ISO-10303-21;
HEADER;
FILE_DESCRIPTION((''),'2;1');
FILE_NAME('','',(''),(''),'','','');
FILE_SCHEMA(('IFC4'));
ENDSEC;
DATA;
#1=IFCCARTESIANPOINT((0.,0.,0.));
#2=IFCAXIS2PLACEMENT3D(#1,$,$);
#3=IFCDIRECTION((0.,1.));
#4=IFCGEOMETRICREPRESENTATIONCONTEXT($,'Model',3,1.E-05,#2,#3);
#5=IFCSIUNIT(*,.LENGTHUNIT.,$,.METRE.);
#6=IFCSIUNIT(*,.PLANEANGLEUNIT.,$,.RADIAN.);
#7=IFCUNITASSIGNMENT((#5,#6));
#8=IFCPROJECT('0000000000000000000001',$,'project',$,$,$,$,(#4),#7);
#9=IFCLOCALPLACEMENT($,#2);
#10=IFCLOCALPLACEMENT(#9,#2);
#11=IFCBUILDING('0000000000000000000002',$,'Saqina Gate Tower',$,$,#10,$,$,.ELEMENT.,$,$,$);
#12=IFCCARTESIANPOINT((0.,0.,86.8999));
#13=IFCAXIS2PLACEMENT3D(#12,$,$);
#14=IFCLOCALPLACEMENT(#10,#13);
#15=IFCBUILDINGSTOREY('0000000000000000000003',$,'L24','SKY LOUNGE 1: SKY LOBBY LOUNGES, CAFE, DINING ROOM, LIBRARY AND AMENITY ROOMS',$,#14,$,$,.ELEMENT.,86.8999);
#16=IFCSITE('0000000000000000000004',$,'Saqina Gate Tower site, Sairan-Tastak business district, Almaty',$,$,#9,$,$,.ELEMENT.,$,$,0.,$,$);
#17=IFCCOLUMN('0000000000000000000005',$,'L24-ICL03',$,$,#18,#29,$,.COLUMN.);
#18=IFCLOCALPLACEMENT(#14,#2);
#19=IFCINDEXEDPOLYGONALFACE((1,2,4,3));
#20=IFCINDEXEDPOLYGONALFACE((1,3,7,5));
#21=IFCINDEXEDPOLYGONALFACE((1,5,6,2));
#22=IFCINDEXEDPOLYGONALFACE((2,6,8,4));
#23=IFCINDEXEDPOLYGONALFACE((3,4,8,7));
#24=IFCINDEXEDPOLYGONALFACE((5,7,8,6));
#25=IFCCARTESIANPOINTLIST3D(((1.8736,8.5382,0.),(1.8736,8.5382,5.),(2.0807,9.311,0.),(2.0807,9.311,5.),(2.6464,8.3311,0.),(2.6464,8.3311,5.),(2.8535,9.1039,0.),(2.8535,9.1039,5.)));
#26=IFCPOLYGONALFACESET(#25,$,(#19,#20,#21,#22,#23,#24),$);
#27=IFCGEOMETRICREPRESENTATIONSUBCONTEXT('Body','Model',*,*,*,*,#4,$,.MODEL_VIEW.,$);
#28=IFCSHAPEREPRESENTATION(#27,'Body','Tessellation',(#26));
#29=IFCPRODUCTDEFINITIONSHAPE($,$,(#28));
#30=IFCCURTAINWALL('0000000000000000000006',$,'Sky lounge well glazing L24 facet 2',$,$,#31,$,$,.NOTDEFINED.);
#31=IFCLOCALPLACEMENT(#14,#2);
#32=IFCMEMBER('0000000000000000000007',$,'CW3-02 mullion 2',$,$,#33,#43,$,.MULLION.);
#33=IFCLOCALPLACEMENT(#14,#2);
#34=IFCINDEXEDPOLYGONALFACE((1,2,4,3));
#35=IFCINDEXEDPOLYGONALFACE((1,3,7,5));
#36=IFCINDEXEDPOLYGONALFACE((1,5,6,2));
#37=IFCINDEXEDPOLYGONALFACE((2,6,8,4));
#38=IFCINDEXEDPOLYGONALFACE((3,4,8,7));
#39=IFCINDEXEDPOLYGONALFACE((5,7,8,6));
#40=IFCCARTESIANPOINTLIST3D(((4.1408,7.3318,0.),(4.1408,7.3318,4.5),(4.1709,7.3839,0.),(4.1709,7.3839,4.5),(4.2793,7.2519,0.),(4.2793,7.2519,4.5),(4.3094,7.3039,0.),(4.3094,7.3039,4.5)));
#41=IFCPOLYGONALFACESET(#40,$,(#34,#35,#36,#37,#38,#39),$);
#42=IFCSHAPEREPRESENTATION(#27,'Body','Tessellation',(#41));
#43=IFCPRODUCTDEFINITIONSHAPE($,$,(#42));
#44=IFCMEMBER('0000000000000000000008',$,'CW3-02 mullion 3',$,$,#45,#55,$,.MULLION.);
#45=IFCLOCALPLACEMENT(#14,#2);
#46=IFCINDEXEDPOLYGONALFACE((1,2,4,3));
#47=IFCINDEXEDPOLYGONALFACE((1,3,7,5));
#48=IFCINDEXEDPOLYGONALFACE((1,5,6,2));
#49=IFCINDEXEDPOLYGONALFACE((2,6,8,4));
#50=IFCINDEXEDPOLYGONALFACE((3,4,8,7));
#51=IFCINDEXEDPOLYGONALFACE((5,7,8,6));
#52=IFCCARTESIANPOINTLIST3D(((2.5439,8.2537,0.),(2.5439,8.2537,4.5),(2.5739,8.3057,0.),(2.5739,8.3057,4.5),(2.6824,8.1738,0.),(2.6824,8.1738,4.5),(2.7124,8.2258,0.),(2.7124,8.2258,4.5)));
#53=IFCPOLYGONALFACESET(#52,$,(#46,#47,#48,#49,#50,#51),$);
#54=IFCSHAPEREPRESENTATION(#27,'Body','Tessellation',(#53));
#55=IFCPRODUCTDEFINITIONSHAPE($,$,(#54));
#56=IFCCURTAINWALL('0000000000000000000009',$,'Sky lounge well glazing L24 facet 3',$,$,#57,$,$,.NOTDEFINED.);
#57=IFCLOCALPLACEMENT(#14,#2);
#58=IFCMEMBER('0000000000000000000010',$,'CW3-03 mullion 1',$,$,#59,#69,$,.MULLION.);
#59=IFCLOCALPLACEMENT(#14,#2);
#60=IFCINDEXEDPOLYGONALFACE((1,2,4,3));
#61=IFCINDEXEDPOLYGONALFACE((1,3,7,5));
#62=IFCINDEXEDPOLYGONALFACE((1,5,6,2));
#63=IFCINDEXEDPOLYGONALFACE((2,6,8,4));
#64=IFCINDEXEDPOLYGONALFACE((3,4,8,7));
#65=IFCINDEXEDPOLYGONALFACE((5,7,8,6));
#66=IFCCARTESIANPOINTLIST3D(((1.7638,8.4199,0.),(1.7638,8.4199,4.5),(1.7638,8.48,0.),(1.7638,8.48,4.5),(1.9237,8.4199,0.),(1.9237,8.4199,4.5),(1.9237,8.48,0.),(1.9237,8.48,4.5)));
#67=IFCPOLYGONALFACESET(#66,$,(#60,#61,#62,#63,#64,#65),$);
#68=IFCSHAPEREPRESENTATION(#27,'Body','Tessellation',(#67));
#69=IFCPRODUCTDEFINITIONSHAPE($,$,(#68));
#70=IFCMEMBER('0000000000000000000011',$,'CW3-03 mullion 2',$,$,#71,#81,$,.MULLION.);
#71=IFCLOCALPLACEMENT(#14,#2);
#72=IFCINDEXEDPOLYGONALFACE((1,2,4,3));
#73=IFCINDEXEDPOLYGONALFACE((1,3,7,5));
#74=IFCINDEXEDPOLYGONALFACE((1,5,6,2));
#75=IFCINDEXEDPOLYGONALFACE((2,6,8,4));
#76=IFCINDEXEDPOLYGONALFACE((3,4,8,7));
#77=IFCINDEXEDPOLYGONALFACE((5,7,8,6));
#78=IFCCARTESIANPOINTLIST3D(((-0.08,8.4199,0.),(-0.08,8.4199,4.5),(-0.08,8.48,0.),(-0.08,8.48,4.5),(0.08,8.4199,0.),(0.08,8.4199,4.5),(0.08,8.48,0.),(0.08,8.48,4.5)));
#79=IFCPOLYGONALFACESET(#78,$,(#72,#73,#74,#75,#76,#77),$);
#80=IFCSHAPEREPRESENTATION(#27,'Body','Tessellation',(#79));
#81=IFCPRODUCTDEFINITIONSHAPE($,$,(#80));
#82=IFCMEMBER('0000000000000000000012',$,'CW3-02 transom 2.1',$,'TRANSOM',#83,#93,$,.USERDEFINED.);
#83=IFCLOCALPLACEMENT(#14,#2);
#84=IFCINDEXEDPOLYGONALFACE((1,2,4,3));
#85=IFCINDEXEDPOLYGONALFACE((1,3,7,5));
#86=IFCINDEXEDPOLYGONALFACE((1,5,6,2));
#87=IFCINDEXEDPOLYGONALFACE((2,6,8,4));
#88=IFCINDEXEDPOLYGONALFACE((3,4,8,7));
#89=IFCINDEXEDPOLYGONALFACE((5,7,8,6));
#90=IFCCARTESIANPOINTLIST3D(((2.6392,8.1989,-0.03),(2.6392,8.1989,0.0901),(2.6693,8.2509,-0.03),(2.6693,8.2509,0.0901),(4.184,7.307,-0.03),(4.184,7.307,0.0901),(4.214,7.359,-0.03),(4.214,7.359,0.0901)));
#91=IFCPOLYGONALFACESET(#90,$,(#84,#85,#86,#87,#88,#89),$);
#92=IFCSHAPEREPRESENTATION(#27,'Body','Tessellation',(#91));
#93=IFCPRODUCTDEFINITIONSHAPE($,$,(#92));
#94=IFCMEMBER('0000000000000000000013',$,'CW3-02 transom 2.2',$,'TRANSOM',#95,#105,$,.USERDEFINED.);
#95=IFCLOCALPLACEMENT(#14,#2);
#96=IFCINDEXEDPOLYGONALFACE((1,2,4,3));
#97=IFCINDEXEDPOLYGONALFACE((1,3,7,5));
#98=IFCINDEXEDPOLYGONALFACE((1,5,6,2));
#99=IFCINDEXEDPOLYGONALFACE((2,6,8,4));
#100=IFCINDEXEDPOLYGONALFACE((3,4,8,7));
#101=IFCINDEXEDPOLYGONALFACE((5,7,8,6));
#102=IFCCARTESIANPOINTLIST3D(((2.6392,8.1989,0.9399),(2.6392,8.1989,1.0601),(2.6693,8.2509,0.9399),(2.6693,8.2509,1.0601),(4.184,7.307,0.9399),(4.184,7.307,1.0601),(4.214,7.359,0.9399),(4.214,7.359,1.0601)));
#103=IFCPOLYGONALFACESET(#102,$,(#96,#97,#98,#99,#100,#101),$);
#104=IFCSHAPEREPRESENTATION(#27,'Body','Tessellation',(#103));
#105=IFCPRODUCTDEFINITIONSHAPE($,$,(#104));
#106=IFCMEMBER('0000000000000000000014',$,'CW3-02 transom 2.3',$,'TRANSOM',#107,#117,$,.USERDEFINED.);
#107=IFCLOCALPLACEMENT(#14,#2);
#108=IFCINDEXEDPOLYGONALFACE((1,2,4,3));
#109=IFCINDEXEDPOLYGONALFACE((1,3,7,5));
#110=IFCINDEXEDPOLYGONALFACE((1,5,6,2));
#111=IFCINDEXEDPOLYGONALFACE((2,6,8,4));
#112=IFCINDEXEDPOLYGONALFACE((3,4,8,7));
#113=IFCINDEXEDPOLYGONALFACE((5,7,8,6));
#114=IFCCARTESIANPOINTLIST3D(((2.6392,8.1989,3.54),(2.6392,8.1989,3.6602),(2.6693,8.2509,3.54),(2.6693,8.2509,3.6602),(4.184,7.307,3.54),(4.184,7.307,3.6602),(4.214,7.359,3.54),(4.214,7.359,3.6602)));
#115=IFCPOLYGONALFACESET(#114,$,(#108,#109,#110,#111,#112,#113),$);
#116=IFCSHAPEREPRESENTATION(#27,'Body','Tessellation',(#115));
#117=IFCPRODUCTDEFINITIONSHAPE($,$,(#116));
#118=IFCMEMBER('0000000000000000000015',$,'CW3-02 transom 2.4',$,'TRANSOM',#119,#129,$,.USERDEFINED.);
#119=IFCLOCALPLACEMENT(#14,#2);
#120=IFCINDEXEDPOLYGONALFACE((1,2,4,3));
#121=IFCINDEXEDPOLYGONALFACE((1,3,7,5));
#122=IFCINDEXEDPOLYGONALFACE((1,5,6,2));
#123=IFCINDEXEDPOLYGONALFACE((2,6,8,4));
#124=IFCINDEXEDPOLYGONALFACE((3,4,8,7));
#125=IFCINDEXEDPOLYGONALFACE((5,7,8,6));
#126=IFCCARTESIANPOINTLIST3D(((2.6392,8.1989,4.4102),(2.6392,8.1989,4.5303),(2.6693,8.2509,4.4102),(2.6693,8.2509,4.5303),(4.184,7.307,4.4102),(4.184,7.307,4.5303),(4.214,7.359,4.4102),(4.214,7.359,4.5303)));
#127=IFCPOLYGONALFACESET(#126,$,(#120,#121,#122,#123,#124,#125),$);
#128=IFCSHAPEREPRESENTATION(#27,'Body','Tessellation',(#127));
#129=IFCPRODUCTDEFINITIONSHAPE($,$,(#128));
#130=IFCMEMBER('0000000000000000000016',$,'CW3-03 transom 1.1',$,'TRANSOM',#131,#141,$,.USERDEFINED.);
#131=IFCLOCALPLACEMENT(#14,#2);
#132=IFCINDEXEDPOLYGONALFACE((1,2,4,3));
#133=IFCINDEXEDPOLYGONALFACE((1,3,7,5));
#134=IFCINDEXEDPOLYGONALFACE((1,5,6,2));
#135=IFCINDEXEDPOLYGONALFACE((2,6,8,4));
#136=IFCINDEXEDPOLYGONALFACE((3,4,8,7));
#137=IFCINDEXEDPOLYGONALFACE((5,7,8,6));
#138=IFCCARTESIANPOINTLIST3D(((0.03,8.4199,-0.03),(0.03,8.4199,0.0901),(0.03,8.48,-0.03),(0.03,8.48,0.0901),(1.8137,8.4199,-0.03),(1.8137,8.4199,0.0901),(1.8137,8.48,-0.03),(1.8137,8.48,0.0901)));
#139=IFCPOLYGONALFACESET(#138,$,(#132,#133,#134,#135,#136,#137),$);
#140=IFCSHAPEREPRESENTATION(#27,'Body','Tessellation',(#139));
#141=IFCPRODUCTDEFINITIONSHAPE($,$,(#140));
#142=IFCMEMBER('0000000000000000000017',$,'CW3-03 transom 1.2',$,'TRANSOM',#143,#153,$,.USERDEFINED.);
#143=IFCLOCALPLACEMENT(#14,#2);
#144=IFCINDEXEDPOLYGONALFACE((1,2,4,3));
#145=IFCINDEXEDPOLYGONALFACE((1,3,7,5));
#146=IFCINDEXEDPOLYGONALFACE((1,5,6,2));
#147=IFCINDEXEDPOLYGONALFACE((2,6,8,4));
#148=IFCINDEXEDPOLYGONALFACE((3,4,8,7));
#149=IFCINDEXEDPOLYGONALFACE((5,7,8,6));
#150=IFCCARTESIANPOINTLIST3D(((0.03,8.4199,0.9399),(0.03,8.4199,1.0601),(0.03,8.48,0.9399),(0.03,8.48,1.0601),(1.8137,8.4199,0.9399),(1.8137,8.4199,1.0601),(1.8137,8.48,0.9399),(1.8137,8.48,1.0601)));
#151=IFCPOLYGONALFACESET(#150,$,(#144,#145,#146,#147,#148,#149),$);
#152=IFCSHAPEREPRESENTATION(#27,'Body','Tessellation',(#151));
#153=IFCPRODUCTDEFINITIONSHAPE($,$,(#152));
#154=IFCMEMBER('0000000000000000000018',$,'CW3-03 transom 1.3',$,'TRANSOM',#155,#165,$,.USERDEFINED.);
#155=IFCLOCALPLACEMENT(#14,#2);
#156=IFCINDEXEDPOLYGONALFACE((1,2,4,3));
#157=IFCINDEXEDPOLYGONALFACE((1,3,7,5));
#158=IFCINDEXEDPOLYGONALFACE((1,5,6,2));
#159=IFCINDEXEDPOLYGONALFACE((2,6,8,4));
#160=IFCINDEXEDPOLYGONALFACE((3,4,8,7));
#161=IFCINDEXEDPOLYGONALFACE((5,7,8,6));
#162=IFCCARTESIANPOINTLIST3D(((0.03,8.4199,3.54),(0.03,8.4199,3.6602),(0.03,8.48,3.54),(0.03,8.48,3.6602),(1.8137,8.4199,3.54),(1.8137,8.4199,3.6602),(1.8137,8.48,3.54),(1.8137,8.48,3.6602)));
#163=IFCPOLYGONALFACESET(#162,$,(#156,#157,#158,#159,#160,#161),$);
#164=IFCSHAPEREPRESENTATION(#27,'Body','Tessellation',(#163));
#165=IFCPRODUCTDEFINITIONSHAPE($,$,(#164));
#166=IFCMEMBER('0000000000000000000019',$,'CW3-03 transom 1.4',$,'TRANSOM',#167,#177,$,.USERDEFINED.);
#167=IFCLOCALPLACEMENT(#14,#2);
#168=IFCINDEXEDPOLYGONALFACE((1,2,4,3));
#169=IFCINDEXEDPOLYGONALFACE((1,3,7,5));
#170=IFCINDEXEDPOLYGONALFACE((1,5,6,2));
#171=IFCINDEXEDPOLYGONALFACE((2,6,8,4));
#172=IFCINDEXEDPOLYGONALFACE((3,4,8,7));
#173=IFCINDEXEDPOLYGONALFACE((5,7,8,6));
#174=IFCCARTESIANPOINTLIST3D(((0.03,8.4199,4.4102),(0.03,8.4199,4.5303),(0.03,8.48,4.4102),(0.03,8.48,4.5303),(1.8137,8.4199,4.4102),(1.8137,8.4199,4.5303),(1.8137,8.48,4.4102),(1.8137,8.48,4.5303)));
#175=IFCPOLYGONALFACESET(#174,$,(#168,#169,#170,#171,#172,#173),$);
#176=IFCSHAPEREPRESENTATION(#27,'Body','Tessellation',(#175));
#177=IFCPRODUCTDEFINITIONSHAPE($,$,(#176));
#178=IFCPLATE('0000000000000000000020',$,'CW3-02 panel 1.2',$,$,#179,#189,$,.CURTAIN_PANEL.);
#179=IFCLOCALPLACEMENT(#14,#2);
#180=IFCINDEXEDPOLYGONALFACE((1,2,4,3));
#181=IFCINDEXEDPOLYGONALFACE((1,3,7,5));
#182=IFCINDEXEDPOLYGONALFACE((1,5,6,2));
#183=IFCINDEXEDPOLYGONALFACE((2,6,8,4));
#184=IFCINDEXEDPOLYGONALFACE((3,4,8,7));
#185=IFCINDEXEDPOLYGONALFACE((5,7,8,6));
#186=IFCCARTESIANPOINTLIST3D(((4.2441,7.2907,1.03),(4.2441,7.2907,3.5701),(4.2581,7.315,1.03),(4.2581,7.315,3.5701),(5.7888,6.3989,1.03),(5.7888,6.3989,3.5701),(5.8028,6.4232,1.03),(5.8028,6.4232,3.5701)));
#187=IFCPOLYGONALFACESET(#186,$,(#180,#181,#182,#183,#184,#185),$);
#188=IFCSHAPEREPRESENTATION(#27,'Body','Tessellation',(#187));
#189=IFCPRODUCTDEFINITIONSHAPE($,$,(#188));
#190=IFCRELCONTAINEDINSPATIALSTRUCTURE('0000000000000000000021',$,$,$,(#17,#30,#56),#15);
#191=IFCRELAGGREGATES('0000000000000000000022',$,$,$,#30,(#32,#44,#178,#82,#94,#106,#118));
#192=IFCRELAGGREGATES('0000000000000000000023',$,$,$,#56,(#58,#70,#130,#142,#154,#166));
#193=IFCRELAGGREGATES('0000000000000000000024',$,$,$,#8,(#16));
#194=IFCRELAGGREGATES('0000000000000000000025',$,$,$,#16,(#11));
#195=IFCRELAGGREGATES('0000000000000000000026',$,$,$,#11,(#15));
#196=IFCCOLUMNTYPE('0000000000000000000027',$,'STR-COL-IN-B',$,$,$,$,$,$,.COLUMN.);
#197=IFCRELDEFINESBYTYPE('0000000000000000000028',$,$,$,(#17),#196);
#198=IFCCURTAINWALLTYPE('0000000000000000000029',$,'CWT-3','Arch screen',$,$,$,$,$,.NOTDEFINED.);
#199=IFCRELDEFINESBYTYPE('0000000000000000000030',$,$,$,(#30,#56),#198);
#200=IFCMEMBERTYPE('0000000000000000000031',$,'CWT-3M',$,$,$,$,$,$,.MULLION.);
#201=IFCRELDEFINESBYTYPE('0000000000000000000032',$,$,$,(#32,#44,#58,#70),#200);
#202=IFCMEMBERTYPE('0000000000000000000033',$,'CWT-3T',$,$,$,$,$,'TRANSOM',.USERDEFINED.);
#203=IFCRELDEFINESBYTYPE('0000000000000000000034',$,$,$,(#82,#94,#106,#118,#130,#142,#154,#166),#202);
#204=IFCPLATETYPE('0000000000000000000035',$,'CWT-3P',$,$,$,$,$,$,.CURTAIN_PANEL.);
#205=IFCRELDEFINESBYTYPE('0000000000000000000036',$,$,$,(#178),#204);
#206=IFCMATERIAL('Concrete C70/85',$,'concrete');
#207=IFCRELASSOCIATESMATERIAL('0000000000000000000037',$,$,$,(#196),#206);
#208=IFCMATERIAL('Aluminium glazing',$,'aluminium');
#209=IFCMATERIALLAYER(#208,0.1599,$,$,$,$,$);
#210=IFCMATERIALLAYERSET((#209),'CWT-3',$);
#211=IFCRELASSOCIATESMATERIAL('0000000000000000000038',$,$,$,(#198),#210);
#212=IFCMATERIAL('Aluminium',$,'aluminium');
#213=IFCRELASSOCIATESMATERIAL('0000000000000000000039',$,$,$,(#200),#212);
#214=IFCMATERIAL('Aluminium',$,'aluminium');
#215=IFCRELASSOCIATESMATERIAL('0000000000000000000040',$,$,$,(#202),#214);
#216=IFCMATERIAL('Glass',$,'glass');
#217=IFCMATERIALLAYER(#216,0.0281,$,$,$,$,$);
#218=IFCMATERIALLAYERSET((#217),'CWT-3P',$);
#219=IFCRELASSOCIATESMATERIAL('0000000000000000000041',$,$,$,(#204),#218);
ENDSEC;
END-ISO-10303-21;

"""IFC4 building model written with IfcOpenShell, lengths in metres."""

from ifc_helpers import new_model, si_unit, direction, frame, origin, origin_2d, place, context, subcontext, project, spatial, rectangle, extrude, material, layer, layer_set, material_profile, profile_set, type_object, element, aggregate, save


model = new_model("IFC4")

# Units and contexts
model_context = context("Model", 3, precision=1e-05, world=origin(), true_north=direction((0.0, 1.0)))
body_context = subcontext(model_context, "Body", "Model", "MODEL_VIEW")
ifc_project = project(units=[si_unit("LENGTHUNIT", "METRE"), si_unit("PLANEANGLEUNIT", "RADIAN")], contexts=[model_context])

# Site, building, storey
site_placement = place(None, origin())
site = spatial("IfcSite", under=ifc_project, at=site_placement, Name="Saqina Gate Tower site, Sairan-Tastak business district, Almaty", CompositionType="ELEMENT", RefElevation=0.0)
building_placement = place(site_placement, origin())
building = spatial("IfcBuilding", under=site, at=building_placement, Name="Saqina Gate Tower", CompositionType="ELEMENT")
storey_placement = place(building_placement, frame((0.0, 0.0, 86.8999)))
storey = spatial("IfcBuildingStorey", under=building, at=storey_placement, Name="L24", Description="SKY LOUNGE 1: SKY LOBBY LOUNGES, CAFE, DINING ROOM, LIBRARY AND AMENITY ROOMS", CompositionType="ELEMENT", Elevation=86.8999)

# Column
ifc_material_1 = material(Name="Concrete C70/85", Category="concrete")
ifc_material_profile_1 = material_profile(ifc_material_1, rectangle(XDim=0.8, YDim=0.8, at=origin_2d()), Name="RC 800x800")
ifc_profile_set_1 = profile_set([ifc_material_profile_1], Name="Concrete C70/85")
column_type = type_object("IfcColumnType", Name="STR-COL-IN-B", PredefinedType="COLUMN", material=ifc_profile_set_1)
column_placement = place(storey_placement, frame((2.3635, 8.821, 0.0), z_axis=(0.0, 0.0, 1.0), x_axis=(0.258819, 0.965926, 0.0)))
element("IfcColumn", 1, at=column_placement, inside=storey, type_object=column_type, Name="L24-ICL03", PredefinedType="COLUMN", context=body_context, shape_type="SweptSolid", body=[
    extrude(rectangle(XDim=0.8, YDim=0.8, at=origin_2d()), origin(), (0.0, 0.0, 1.0), 5.0),
])

# Curtain walls, members
ifc_material_2 = material(Name="Aluminium glazing", Category="aluminium")
ifc_layer_1 = layer(ifc_material_2, 0.1599)
ifc_layer_set_1 = layer_set([ifc_layer_1], Name="CWT-3")
curtain_wall_type = type_object("IfcCurtainWallType", Name="CWT-3", Description="Arch screen", PredefinedType="NOTDEFINED", material=ifc_layer_set_1)
curtain_wall_1_placement = place(storey_placement, origin())
curtain_wall_1 = element("IfcCurtainWall", 2, at=curtain_wall_1_placement, inside=storey, type_object=curtain_wall_type, Name="Sky lounge well glazing L24 facet 2", PredefinedType="NOTDEFINED")
ifc_material_3 = material(Name="Aluminium", Category="aluminium")
ifc_material_profile_2 = material_profile(ifc_material_3, rectangle(XDim=0.0601, YDim=0.1599, at=origin_2d()), Name="Aluminium 60x160")
ifc_profile_set_2 = profile_set([ifc_material_profile_2], Name="Aluminium")
member_type_1 = type_object("IfcMemberType", Name="CWT-3M", PredefinedType="MULLION", material=ifc_profile_set_2)
member_1_placement = place(storey_placement, frame((4.2251, 7.3179, 0.0), z_axis=(0.0, 0.0, 1.0), x_axis=(-0.499993, -0.866029, 0.0)))
member_1 = element("IfcMember", 3, at=member_1_placement, type_object=member_type_1, Name="CW3-02 mullion 2", PredefinedType="MULLION", context=body_context, shape_type="SweptSolid", body=[
    extrude(rectangle(XDim=0.0601, YDim=0.1599, at=origin_2d()), origin(), (0.0, 0.0, 1.0), 4.5),
])
member_2_placement = place(storey_placement, frame((2.6282, 8.2397, 0.0), z_axis=(0.0, 0.0, 1.0), x_axis=(-0.499993, -0.866029, 0.0)))
member_2 = element("IfcMember", 4, at=member_2_placement, type_object=member_type_1, Name="CW3-02 mullion 3", PredefinedType="MULLION", context=body_context, shape_type="SweptSolid", body=[
    extrude(rectangle(XDim=0.0601, YDim=0.1599, at=origin_2d()), origin(), (0.0, 0.0, 1.0), 4.5),
])
curtain_wall_2_placement = place(storey_placement, origin())
curtain_wall_2 = element("IfcCurtainWall", 5, at=curtain_wall_2_placement, inside=storey, type_object=curtain_wall_type, Name="Sky lounge well glazing L24 facet 3", PredefinedType="NOTDEFINED")
member_3_placement = place(storey_placement, frame((1.8438, 8.45, 0.0), z_axis=(0.0, 0.0, 1.0), x_axis=(0.0, -1.0, 0.0)))
member_3 = element("IfcMember", 6, at=member_3_placement, type_object=member_type_1, Name="CW3-03 mullion 1", PredefinedType="MULLION", context=body_context, shape_type="SweptSolid", body=[
    extrude(rectangle(XDim=0.0601, YDim=0.1599, at=origin_2d()), origin(), (0.0, 0.0, 1.0), 4.5),
])
member_4_placement = place(storey_placement, frame((0.0, 8.45, 0.0), z_axis=(0.0, 0.0, 1.0), x_axis=(0.0, -1.0, 0.0)))
member_4 = element("IfcMember", 7, at=member_4_placement, type_object=member_type_1, Name="CW3-03 mullion 2", PredefinedType="MULLION", context=body_context, shape_type="SweptSolid", body=[
    extrude(rectangle(XDim=0.0601, YDim=0.1599, at=origin_2d()), origin(), (0.0, 0.0, 1.0), 4.5),
])

# Members
ifc_material_4 = material(Name="Aluminium", Category="aluminium")
ifc_material_profile_3 = material_profile(ifc_material_4, rectangle(XDim=0.0601, YDim=0.1201, at=origin_2d()), Name="Aluminium 60x120")
ifc_profile_set_3 = profile_set([ifc_material_profile_3], Name="Aluminium")
member_type_2 = type_object("IfcMemberType", Name="CWT-3T", ElementType="TRANSOM", PredefinedType="USERDEFINED", material=ifc_profile_set_3)
member_5_placement = place(storey_placement, frame((4.199, 7.333, 0.03), z_axis=(-0.866019, 0.500011, 0.0), x_axis=(-0.500011, -0.866019, 0.0)))
member_5 = element("IfcMember", 8, at=member_5_placement, type_object=member_type_2, Name="CW3-02 transom 2.1", ObjectType="TRANSOM", PredefinedType="USERDEFINED", context=body_context, shape_type="SweptSolid", body=[
    extrude(rectangle(XDim=0.0601, YDim=0.1201, at=origin_2d()), origin(), (0.0, 0.0, 1.0), 1.7837),
])
member_6_placement = place(storey_placement, frame((4.199, 7.333, 1.0), z_axis=(-0.866019, 0.500011, 0.0), x_axis=(-0.500011, -0.866019, 0.0)))
member_6 = element("IfcMember", 9, at=member_6_placement, type_object=member_type_2, Name="CW3-02 transom 2.2", ObjectType="TRANSOM", PredefinedType="USERDEFINED", context=body_context, shape_type="SweptSolid", body=[
    extrude(rectangle(XDim=0.0601, YDim=0.1201, at=origin_2d()), origin(), (0.0, 0.0, 1.0), 1.7837),
])
member_7_placement = place(storey_placement, frame((4.199, 7.333, 3.6001), z_axis=(-0.866019, 0.500011, 0.0), x_axis=(-0.500011, -0.866019, 0.0)))
member_7 = element("IfcMember", 10, at=member_7_placement, type_object=member_type_2, Name="CW3-02 transom 2.3", ObjectType="TRANSOM", PredefinedType="USERDEFINED", context=body_context, shape_type="SweptSolid", body=[
    extrude(rectangle(XDim=0.0601, YDim=0.1201, at=origin_2d()), origin(), (0.0, 0.0, 1.0), 1.7837),
])
member_8_placement = place(storey_placement, frame((4.199, 7.333, 4.4702), z_axis=(-0.866019, 0.500011, 0.0), x_axis=(-0.500011, -0.866019, 0.0)))
member_8 = element("IfcMember", 11, at=member_8_placement, type_object=member_type_2, Name="CW3-02 transom 2.4", ObjectType="TRANSOM", PredefinedType="USERDEFINED", context=body_context, shape_type="SweptSolid", body=[
    extrude(rectangle(XDim=0.0601, YDim=0.1201, at=origin_2d()), origin(), (0.0, 0.0, 1.0), 1.7837),
])
member_9_placement = place(storey_placement, frame((1.8137, 8.45, 0.03), z_axis=(-1.0, 0.0, 0.0), x_axis=(0.0, -1.0, 0.0)))
member_9 = element("IfcMember", 12, at=member_9_placement, type_object=member_type_2, Name="CW3-03 transom 1.1", ObjectType="TRANSOM", PredefinedType="USERDEFINED", context=body_context, shape_type="SweptSolid", body=[
    extrude(rectangle(XDim=0.0601, YDim=0.1201, at=origin_2d()), origin(), (0.0, 0.0, 1.0), 1.7837),
])
member_10_placement = place(storey_placement, frame((1.8137, 8.45, 1.0), z_axis=(-1.0, 0.0, 0.0), x_axis=(0.0, -1.0, 0.0)))
member_10 = element("IfcMember", 13, at=member_10_placement, type_object=member_type_2, Name="CW3-03 transom 1.2", ObjectType="TRANSOM", PredefinedType="USERDEFINED", context=body_context, shape_type="SweptSolid", body=[
    extrude(rectangle(XDim=0.0601, YDim=0.1201, at=origin_2d()), origin(), (0.0, 0.0, 1.0), 1.7837),
])
member_11_placement = place(storey_placement, frame((1.8137, 8.45, 3.6001), z_axis=(-1.0, 0.0, 0.0), x_axis=(0.0, -1.0, 0.0)))
member_11 = element("IfcMember", 14, at=member_11_placement, type_object=member_type_2, Name="CW3-03 transom 1.3", ObjectType="TRANSOM", PredefinedType="USERDEFINED", context=body_context, shape_type="SweptSolid", body=[
    extrude(rectangle(XDim=0.0601, YDim=0.1201, at=origin_2d()), origin(), (0.0, 0.0, 1.0), 1.7837),
])
member_12_placement = place(storey_placement, frame((1.8137, 8.45, 4.4702), z_axis=(-1.0, 0.0, 0.0), x_axis=(0.0, -1.0, 0.0)))
member_12 = element("IfcMember", 15, at=member_12_placement, type_object=member_type_2, Name="CW3-03 transom 1.4", ObjectType="TRANSOM", PredefinedType="USERDEFINED", context=body_context, shape_type="SweptSolid", body=[
    extrude(rectangle(XDim=0.0601, YDim=0.1201, at=origin_2d()), origin(), (0.0, 0.0, 1.0), 1.7837),
])

# Plate
ifc_material_5 = material(Name="Glass", Category="glass")
ifc_layer_2 = layer(ifc_material_5, 0.0281)
ifc_layer_set_2 = layer_set([ifc_layer_2], Name="CWT-3P")
plate_type = type_object("IfcPlateType", Name="CWT-3P", PredefinedType="CURTAIN_PANEL", material=ifc_layer_set_2)
plate_1_placement = place(storey_placement, frame((5.0234, 6.8569, 1.03), z_axis=(0.0, 0.0, 1.0), x_axis=(-0.866029, 0.499993, 0.0)))
plate_1 = element("IfcPlate", 16, at=plate_1_placement, type_object=plate_type, Name="CW3-02 panel 1.2", PredefinedType="CURTAIN_PANEL", context=body_context, shape_type="SweptSolid", body=[
    extrude(rectangle(XDim=1.7837, YDim=0.0281, at=origin_2d()), origin(), (0.0, 0.0, 1.0), 2.54),
])
aggregate(curtain_wall_1, [member_1, member_2, plate_1, member_5, member_6, member_7, member_8])
aggregate(curtain_wall_2, [member_3, member_4, member_9, member_10, member_11, member_12])

save(model, "model.ifc")
